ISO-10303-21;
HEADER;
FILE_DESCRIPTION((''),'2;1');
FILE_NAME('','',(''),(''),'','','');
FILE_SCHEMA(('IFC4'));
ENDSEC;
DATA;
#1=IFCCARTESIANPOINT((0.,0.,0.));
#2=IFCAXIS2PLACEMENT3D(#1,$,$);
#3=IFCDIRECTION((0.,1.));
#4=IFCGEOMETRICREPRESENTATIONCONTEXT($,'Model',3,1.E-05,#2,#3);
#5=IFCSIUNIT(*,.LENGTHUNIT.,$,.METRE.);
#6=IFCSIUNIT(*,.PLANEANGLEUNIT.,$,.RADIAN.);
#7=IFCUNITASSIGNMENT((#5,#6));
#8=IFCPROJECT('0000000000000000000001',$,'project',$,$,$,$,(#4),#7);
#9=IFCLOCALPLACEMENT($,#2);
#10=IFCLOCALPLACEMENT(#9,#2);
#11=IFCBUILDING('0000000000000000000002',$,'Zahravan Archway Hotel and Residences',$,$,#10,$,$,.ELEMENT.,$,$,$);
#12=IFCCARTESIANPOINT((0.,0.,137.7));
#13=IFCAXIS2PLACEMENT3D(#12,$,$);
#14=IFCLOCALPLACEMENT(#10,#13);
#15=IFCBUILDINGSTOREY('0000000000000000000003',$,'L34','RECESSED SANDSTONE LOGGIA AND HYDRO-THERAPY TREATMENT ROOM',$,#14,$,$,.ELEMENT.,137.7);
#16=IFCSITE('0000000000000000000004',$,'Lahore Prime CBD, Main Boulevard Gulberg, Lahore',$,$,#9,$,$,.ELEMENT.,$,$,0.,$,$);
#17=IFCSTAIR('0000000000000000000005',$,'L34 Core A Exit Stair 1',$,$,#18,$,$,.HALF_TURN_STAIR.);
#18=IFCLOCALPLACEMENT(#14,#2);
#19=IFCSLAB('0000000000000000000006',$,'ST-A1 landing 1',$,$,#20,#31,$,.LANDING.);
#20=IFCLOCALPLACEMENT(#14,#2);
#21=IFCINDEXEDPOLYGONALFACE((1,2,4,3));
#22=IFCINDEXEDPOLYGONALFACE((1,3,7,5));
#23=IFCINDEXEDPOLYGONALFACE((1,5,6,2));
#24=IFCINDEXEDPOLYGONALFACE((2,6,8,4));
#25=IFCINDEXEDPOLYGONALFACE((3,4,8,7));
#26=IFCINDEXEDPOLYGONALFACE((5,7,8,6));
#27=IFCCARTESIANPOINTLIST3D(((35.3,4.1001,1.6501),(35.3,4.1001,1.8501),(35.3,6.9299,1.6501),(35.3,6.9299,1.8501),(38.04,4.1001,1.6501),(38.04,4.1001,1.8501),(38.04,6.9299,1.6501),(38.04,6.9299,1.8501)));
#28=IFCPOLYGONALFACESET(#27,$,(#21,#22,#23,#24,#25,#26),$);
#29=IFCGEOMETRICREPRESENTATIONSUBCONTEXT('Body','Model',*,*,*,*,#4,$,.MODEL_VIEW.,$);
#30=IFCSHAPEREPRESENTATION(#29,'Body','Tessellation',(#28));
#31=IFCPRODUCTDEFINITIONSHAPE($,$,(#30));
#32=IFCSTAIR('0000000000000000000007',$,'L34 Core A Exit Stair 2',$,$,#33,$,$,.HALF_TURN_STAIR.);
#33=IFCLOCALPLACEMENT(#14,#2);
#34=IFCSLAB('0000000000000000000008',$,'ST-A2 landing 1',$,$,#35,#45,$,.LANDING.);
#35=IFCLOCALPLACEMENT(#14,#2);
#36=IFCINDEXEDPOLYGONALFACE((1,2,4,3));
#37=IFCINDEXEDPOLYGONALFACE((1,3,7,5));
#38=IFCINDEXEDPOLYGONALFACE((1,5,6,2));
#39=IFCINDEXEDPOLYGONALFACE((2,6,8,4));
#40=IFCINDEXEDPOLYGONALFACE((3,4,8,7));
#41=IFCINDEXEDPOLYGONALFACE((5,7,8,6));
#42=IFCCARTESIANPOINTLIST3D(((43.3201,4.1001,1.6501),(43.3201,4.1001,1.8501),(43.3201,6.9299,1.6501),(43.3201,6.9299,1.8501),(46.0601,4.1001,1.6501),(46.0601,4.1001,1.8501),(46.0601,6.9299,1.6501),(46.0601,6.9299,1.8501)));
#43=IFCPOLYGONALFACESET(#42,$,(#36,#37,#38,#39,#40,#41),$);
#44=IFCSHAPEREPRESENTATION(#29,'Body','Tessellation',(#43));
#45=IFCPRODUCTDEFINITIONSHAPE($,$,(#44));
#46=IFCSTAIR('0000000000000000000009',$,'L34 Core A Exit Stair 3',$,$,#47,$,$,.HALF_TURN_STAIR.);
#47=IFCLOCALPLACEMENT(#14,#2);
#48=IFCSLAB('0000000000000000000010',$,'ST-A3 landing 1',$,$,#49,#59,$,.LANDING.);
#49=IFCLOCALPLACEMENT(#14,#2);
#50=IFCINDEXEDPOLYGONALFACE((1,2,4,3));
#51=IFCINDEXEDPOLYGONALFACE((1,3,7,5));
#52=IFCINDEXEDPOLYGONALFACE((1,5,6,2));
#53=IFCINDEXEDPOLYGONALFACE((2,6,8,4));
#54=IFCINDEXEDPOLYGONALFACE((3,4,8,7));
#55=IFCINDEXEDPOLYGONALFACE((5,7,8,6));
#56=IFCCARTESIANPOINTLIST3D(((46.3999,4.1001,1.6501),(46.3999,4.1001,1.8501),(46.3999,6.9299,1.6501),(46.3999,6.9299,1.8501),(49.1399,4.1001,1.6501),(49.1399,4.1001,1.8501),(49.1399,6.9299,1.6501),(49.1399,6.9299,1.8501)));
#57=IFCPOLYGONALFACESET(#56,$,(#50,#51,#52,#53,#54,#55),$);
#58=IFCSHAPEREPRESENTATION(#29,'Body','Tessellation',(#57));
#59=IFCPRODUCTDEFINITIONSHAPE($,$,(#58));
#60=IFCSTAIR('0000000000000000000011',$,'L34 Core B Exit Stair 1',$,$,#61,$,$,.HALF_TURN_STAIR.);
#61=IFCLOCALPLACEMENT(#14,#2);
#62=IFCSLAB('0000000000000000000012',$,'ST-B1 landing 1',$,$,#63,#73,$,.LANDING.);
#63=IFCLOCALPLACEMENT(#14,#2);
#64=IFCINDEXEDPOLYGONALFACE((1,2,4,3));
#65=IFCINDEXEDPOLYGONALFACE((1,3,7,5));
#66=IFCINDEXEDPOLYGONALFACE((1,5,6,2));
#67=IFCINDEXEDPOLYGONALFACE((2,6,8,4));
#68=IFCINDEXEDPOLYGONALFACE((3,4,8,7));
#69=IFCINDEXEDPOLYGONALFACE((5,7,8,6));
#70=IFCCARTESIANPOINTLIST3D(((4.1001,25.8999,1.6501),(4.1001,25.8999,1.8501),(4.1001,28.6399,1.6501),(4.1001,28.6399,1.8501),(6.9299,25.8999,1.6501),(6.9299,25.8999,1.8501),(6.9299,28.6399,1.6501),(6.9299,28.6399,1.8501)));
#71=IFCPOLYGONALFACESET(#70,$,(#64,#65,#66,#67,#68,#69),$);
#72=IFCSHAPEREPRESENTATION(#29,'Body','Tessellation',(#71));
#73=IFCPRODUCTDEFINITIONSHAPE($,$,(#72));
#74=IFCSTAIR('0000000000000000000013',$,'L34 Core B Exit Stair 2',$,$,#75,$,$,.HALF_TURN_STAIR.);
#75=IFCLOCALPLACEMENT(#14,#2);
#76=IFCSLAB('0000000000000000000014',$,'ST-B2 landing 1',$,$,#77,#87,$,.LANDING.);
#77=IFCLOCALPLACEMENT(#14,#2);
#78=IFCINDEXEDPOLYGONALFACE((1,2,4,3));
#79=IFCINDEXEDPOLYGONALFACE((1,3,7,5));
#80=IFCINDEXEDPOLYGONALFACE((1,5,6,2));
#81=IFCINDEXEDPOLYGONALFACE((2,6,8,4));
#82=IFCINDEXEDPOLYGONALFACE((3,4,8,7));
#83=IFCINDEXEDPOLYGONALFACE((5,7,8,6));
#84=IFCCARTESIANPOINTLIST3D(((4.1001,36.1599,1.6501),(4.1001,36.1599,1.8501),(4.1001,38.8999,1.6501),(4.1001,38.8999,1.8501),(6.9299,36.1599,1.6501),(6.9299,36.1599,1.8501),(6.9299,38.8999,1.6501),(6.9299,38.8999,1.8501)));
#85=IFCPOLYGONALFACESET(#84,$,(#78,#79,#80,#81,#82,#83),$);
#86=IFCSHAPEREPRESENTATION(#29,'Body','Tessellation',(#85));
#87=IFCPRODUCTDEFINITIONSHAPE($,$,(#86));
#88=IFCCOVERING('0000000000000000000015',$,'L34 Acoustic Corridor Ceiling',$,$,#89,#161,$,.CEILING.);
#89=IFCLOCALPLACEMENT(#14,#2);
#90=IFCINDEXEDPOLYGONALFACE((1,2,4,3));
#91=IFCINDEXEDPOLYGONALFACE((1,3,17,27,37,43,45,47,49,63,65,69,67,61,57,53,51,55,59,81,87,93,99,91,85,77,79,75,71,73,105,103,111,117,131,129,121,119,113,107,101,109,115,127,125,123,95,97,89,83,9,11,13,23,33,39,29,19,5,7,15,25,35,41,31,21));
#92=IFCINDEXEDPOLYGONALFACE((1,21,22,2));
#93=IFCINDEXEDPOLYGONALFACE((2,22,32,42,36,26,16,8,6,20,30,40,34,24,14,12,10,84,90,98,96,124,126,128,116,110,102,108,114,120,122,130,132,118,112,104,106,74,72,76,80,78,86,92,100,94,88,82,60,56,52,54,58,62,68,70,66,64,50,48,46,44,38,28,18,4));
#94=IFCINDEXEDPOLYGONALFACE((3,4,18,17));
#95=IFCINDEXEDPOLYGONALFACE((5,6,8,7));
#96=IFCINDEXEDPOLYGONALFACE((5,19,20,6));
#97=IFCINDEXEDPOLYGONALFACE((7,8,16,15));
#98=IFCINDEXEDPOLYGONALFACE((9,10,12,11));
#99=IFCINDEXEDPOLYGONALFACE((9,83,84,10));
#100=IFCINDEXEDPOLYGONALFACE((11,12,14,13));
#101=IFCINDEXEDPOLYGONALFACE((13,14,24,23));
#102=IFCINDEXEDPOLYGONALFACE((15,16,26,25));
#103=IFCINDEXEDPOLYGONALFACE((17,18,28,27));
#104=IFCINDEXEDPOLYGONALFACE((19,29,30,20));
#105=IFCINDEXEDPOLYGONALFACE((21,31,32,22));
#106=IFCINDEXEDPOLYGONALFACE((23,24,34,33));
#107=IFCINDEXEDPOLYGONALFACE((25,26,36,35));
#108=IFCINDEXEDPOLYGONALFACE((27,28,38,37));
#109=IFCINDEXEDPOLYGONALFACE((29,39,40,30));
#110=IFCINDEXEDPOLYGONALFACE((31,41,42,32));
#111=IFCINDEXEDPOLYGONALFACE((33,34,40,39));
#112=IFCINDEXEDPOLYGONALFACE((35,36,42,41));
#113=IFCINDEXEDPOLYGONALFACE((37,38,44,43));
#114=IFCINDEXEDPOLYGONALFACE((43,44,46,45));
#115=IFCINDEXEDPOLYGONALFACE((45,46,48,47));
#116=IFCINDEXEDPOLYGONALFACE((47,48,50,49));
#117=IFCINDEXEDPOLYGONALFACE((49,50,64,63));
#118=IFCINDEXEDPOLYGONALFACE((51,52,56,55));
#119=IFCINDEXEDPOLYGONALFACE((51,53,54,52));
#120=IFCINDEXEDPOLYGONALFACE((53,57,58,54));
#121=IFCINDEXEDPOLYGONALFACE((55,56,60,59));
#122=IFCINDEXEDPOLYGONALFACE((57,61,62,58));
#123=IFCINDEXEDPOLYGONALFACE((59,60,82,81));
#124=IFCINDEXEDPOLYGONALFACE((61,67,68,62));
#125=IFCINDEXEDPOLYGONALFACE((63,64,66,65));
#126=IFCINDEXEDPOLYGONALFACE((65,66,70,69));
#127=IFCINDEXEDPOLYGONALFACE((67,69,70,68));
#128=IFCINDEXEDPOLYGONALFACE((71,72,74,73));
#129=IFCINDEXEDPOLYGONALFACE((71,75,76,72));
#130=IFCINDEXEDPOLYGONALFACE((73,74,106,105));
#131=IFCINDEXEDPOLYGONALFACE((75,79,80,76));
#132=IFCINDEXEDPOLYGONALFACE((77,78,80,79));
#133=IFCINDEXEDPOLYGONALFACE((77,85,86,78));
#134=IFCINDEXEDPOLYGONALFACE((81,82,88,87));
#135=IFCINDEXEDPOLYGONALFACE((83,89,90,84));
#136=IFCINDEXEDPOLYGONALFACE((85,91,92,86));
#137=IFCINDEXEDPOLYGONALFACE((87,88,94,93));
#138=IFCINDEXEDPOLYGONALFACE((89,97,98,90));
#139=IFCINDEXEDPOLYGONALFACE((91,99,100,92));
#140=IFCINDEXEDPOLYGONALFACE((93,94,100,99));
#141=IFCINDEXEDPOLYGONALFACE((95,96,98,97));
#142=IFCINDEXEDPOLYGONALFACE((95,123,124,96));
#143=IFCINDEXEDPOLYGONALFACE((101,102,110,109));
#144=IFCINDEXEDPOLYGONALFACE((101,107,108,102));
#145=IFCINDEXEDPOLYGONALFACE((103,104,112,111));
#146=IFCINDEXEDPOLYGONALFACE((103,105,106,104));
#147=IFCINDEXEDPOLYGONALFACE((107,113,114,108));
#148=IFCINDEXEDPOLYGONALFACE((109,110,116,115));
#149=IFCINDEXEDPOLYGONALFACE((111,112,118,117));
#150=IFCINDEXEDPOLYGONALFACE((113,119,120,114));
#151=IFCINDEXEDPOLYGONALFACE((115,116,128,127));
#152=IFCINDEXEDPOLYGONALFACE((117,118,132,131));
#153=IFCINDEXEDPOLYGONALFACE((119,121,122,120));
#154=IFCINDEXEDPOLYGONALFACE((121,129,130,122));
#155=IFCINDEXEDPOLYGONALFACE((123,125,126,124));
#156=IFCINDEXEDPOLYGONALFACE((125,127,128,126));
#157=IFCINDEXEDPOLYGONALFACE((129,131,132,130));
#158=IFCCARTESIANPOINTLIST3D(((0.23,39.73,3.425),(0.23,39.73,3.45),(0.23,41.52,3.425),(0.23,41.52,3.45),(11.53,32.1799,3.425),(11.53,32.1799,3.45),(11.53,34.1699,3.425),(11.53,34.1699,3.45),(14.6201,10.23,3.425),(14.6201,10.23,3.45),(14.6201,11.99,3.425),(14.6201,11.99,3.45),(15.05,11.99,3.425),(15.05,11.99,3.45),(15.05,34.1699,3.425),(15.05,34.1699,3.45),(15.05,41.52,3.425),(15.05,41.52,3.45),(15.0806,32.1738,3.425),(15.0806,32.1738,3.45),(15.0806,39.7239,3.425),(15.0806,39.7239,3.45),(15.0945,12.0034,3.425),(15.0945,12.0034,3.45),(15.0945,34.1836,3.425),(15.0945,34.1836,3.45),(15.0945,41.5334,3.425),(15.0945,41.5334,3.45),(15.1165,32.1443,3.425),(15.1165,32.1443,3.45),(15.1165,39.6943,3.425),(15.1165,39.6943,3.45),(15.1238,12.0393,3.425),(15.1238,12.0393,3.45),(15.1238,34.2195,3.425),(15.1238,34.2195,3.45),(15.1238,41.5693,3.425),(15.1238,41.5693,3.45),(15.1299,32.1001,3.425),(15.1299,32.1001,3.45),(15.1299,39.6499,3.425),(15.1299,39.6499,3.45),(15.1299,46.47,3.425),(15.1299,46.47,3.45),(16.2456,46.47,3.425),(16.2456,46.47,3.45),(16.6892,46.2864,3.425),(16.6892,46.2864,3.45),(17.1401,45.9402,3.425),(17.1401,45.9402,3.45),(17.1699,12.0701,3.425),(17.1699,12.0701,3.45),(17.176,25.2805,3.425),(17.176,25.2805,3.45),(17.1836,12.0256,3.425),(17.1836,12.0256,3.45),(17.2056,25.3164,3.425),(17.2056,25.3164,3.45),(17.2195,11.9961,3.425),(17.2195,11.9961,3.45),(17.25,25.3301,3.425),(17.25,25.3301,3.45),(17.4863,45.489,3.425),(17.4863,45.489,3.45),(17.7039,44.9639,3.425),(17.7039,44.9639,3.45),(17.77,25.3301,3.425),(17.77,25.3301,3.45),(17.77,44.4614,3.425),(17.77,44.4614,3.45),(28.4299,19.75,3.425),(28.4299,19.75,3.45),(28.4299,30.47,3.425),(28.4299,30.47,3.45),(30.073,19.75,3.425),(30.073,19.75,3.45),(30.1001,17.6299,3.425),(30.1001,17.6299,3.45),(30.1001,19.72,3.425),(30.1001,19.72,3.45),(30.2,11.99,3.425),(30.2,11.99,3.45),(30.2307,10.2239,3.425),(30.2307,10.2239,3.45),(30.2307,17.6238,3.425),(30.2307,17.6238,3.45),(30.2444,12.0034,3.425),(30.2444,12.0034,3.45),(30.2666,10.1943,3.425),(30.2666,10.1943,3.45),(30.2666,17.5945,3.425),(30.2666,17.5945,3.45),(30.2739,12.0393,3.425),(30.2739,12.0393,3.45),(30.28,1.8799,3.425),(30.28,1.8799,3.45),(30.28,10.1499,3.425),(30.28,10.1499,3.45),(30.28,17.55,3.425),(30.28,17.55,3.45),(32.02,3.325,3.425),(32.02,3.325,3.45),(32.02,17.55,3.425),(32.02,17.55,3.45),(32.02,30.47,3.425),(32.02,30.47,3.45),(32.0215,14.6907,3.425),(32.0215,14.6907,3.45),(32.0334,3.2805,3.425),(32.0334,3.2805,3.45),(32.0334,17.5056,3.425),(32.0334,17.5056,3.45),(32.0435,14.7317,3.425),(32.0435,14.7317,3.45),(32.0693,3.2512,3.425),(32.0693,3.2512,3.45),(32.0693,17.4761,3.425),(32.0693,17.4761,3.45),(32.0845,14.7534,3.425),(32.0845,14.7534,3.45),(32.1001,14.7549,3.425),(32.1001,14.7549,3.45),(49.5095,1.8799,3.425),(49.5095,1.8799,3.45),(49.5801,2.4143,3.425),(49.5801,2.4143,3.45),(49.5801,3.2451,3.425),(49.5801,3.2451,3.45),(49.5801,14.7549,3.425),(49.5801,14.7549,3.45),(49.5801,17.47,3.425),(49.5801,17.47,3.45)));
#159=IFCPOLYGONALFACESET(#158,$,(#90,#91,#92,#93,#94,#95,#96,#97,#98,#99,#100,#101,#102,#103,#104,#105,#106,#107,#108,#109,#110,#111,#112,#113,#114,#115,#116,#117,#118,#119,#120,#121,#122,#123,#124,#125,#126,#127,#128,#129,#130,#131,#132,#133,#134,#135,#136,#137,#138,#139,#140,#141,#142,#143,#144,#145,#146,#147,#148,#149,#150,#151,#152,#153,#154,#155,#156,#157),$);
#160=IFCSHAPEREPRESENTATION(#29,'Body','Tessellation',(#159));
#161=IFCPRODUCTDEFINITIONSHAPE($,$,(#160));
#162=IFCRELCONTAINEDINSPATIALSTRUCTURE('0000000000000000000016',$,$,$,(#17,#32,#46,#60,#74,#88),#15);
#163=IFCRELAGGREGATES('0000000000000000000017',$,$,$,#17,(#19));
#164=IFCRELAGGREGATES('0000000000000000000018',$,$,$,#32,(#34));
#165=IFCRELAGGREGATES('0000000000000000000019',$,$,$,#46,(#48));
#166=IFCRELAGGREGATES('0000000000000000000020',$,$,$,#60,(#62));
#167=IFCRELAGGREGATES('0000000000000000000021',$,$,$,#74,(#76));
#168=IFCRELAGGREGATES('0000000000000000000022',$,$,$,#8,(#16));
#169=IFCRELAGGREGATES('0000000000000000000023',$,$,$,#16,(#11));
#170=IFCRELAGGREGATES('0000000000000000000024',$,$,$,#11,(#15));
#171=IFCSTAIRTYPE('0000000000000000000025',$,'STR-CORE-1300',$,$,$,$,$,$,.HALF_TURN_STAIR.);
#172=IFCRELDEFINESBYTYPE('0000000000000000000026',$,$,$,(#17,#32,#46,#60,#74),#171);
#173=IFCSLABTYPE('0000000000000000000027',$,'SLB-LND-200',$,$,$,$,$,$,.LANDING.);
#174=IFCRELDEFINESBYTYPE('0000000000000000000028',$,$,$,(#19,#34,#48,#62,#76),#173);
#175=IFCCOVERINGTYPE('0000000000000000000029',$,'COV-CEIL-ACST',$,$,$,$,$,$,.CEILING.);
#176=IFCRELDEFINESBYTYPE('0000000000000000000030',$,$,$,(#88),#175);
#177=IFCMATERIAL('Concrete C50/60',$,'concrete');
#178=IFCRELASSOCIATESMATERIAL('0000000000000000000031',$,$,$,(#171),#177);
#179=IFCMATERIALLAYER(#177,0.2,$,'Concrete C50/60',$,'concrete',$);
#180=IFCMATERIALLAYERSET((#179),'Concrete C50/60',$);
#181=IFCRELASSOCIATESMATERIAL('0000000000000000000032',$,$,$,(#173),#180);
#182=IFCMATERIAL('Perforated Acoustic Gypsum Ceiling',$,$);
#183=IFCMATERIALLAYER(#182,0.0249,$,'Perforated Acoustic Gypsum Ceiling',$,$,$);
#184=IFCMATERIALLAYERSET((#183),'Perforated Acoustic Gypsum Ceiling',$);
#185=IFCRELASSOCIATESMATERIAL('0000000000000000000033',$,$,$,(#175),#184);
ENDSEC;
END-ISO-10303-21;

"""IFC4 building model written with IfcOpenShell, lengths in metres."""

from ifc_helpers import new_model, si_unit, direction, frame, origin, place, context, subcontext, project, spatial, polyline, outline, extrude, material, layer, layer_set, type_object, element, aggregate, save


model = new_model("IFC4")

# Units and contexts
model_context = context("Model", 3, precision=1e-05, world=origin(), true_north=direction((0.0, 1.0)))
body_context = subcontext(model_context, "Body", "Model", "MODEL_VIEW")
ifc_project = project(units=[si_unit("LENGTHUNIT", "METRE"), si_unit("PLANEANGLEUNIT", "RADIAN")], contexts=[model_context])

# Site, building, storey
site_placement = place(None, origin())
site = spatial("IfcSite", under=ifc_project, at=site_placement, Name="Lahore Prime CBD, Main Boulevard Gulberg, Lahore", CompositionType="ELEMENT", RefElevation=0.0)
building_placement = place(site_placement, origin())
building = spatial("IfcBuilding", under=site, at=building_placement, Name="Zahravan Archway Hotel and Residences", CompositionType="ELEMENT")
storey_placement = place(building_placement, frame((0.0, 0.0, 137.7)))
storey = spatial("IfcBuildingStorey", under=building, at=storey_placement, Name="L34", Description="RECESSED SANDSTONE LOGGIA AND HYDRO-THERAPY TREATMENT ROOM", CompositionType="ELEMENT", Elevation=137.7)

# Stairs, slabs
ifc_material_1 = material(Name="Concrete C50/60", Category="concrete")
stair_type = type_object("IfcStairType", Name="STR-CORE-1300", PredefinedType="HALF_TURN_STAIR", material=ifc_material_1)
stair_1_placement = place(storey_placement, origin())
stair_1 = element("IfcStair", 1, at=stair_1_placement, inside=storey, type_object=stair_type, Name="L34 Core A Exit Stair 1", PredefinedType="HALF_TURN_STAIR")
ifc_layer_1 = layer(ifc_material_1, 0.2, Name="Concrete C50/60", Category="concrete")
ifc_layer_set_1 = layer_set([ifc_layer_1], Name="Concrete C50/60")
slab_type_1 = type_object("IfcSlabType", Name="SLB-LND-200", PredefinedType="LANDING", material=ifc_layer_set_1)
slab_1_placement = place(storey_placement, frame((0.0, 0.0, 1.6501)))
slab_1 = element("IfcSlab", 2, at=slab_1_placement, type_object=slab_type_1, Name="ST-A1 landing 1", PredefinedType="LANDING", context=body_context, shape_type="SweptSolid", body=[
    extrude(outline(polyline([(35.3, 6.9299), (35.3, 4.1001), (38.04, 4.1001), (38.04, 6.9299), (35.3, 6.9299)])), origin(), (0.0, 0.0, 1.0), 0.2),
])
aggregate(stair_1, [slab_1])
stair_2_placement = place(storey_placement, origin())
stair_2 = element("IfcStair", 3, at=stair_2_placement, inside=storey, type_object=stair_type, Name="L34 Core A Exit Stair 2", PredefinedType="HALF_TURN_STAIR")
slab_2_placement = place(storey_placement, frame((0.0, 0.0, 1.6501)))
slab_2 = element("IfcSlab", 4, at=slab_2_placement, type_object=slab_type_1, Name="ST-A2 landing 1", PredefinedType="LANDING", context=body_context, shape_type="SweptSolid", body=[
    extrude(outline(polyline([(43.3201, 6.9299), (43.3201, 4.1001), (46.0601, 4.1001), (46.0601, 6.9299), (43.3201, 6.9299)])), origin(), (0.0, 0.0, 1.0), 0.2),
])
aggregate(stair_2, [slab_2])
stair_3_placement = place(storey_placement, origin())
stair_3 = element("IfcStair", 5, at=stair_3_placement, inside=storey, type_object=stair_type, Name="L34 Core A Exit Stair 3", PredefinedType="HALF_TURN_STAIR")
slab_3_placement = place(storey_placement, frame((0.0, 0.0, 1.6501)))
slab_3 = element("IfcSlab", 6, at=slab_3_placement, type_object=slab_type_1, Name="ST-A3 landing 1", PredefinedType="LANDING", context=body_context, shape_type="SweptSolid", body=[
    extrude(outline(polyline([(46.3999, 6.9299), (46.3999, 4.1001), (49.1399, 4.1001), (49.1399, 6.9299), (46.3999, 6.9299)])), origin(), (0.0, 0.0, 1.0), 0.2),
])
aggregate(stair_3, [slab_3])
stair_4_placement = place(storey_placement, origin())
stair_4 = element("IfcStair", 7, at=stair_4_placement, inside=storey, type_object=stair_type, Name="L34 Core B Exit Stair 1", PredefinedType="HALF_TURN_STAIR")
slab_4_placement = place(storey_placement, frame((0.0, 0.0, 1.6501)))
slab_4 = element("IfcSlab", 8, at=slab_4_placement, type_object=slab_type_1, Name="ST-B1 landing 1", PredefinedType="LANDING", context=body_context, shape_type="SweptSolid", body=[
    extrude(outline(polyline([(6.9299, 28.6399), (4.1001, 28.6399), (4.1001, 25.8999), (6.9299, 25.8999), (6.9299, 28.6399)])), origin(), (0.0, 0.0, 1.0), 0.2),
])
aggregate(stair_4, [slab_4])
stair_5_placement = place(storey_placement, origin())
stair_5 = element("IfcStair", 9, at=stair_5_placement, inside=storey, type_object=stair_type, Name="L34 Core B Exit Stair 2", PredefinedType="HALF_TURN_STAIR")
slab_5_placement = place(storey_placement, frame((0.0, 0.0, 1.6501)))
slab_5 = element("IfcSlab", 10, at=slab_5_placement, type_object=slab_type_1, Name="ST-B2 landing 1", PredefinedType="LANDING", context=body_context, shape_type="SweptSolid", body=[
    extrude(outline(polyline([(6.9299, 38.8999), (4.1001, 38.8999), (4.1001, 36.1599), (6.9299, 36.1599), (6.9299, 38.8999)])), origin(), (0.0, 0.0, 1.0), 0.2),
])
aggregate(stair_5, [slab_5])

# Covering
ifc_material_2 = material(Name="Perforated Acoustic Gypsum Ceiling")
ifc_layer_2 = layer(ifc_material_2, 0.0249, Name="Perforated Acoustic Gypsum Ceiling")
ifc_layer_set_2 = layer_set([ifc_layer_2], Name="Perforated Acoustic Gypsum Ceiling")
covering_type_1 = type_object("IfcCoveringType", Name="COV-CEIL-ACST", PredefinedType="CEILING", material=ifc_layer_set_2)
covering_1_placement = place(storey_placement, frame((0.0, 0.0, 3.425)))
element("IfcCovering", 11, at=covering_1_placement, inside=storey, type_object=covering_type_1, Name="L34 Acoustic Corridor Ceiling", PredefinedType="CEILING", context=body_context, shape_type="SweptSolid", body=[
    extrude(outline(polyline([(32.0845, 14.7534), (32.0435, 14.7317), (32.0215, 14.6907), (32.02, 3.325), (32.0334, 3.2805), (32.0693, 3.2512), (49.5801, 3.2451), (49.5801, 2.4143), (49.5095, 1.8799), (30.28, 1.8799), (30.28, 10.1499), (30.2666, 10.1943), (30.2307, 10.2239), (14.6201, 10.23), (14.6201, 11.99), (15.05, 11.99), (15.0945, 12.0034), (15.1238, 12.0393), (15.1299, 32.1001), (15.1165, 32.1443), (15.0806, 32.1738), (11.53, 32.1799), (11.53, 34.1699), (15.05, 34.1699), (15.0945, 34.1836), (15.1238, 34.2195), (15.1299, 39.6499), (15.1165, 39.6943), (15.0806, 39.7239), (0.23, 39.73), (0.23, 41.52), (15.05, 41.52), (15.0945, 41.5334), (15.1238, 41.5693), (15.1299, 46.47), (16.2456, 46.47), (16.6892, 46.2864), (17.1401, 45.9402), (17.4863, 45.489), (17.7039, 44.9639), (17.77, 44.4614), (17.77, 25.3301), (17.25, 25.3301), (17.2056, 25.3164), (17.176, 25.2805), (17.1699, 12.0701), (17.1836, 12.0256), (17.2195, 11.9961), (30.2, 11.99), (30.2444, 12.0034), (30.2739, 12.0393), (30.28, 17.55), (30.2666, 17.5945), (30.2307, 17.6238), (30.1001, 17.6299), (30.1001, 19.72), (30.073, 19.75), (28.4299, 19.75), (28.4299, 30.47), (32.02, 30.47), (32.02, 17.55), (32.0334, 17.5056), (32.0693, 17.4761), (49.5801, 17.47), (49.5801, 14.7549), (32.1001, 14.7549), (32.0845, 14.7534)])), origin(), (0.0, 0.0, 1.0), 0.0249),
])

save(model, "model.ifc")
